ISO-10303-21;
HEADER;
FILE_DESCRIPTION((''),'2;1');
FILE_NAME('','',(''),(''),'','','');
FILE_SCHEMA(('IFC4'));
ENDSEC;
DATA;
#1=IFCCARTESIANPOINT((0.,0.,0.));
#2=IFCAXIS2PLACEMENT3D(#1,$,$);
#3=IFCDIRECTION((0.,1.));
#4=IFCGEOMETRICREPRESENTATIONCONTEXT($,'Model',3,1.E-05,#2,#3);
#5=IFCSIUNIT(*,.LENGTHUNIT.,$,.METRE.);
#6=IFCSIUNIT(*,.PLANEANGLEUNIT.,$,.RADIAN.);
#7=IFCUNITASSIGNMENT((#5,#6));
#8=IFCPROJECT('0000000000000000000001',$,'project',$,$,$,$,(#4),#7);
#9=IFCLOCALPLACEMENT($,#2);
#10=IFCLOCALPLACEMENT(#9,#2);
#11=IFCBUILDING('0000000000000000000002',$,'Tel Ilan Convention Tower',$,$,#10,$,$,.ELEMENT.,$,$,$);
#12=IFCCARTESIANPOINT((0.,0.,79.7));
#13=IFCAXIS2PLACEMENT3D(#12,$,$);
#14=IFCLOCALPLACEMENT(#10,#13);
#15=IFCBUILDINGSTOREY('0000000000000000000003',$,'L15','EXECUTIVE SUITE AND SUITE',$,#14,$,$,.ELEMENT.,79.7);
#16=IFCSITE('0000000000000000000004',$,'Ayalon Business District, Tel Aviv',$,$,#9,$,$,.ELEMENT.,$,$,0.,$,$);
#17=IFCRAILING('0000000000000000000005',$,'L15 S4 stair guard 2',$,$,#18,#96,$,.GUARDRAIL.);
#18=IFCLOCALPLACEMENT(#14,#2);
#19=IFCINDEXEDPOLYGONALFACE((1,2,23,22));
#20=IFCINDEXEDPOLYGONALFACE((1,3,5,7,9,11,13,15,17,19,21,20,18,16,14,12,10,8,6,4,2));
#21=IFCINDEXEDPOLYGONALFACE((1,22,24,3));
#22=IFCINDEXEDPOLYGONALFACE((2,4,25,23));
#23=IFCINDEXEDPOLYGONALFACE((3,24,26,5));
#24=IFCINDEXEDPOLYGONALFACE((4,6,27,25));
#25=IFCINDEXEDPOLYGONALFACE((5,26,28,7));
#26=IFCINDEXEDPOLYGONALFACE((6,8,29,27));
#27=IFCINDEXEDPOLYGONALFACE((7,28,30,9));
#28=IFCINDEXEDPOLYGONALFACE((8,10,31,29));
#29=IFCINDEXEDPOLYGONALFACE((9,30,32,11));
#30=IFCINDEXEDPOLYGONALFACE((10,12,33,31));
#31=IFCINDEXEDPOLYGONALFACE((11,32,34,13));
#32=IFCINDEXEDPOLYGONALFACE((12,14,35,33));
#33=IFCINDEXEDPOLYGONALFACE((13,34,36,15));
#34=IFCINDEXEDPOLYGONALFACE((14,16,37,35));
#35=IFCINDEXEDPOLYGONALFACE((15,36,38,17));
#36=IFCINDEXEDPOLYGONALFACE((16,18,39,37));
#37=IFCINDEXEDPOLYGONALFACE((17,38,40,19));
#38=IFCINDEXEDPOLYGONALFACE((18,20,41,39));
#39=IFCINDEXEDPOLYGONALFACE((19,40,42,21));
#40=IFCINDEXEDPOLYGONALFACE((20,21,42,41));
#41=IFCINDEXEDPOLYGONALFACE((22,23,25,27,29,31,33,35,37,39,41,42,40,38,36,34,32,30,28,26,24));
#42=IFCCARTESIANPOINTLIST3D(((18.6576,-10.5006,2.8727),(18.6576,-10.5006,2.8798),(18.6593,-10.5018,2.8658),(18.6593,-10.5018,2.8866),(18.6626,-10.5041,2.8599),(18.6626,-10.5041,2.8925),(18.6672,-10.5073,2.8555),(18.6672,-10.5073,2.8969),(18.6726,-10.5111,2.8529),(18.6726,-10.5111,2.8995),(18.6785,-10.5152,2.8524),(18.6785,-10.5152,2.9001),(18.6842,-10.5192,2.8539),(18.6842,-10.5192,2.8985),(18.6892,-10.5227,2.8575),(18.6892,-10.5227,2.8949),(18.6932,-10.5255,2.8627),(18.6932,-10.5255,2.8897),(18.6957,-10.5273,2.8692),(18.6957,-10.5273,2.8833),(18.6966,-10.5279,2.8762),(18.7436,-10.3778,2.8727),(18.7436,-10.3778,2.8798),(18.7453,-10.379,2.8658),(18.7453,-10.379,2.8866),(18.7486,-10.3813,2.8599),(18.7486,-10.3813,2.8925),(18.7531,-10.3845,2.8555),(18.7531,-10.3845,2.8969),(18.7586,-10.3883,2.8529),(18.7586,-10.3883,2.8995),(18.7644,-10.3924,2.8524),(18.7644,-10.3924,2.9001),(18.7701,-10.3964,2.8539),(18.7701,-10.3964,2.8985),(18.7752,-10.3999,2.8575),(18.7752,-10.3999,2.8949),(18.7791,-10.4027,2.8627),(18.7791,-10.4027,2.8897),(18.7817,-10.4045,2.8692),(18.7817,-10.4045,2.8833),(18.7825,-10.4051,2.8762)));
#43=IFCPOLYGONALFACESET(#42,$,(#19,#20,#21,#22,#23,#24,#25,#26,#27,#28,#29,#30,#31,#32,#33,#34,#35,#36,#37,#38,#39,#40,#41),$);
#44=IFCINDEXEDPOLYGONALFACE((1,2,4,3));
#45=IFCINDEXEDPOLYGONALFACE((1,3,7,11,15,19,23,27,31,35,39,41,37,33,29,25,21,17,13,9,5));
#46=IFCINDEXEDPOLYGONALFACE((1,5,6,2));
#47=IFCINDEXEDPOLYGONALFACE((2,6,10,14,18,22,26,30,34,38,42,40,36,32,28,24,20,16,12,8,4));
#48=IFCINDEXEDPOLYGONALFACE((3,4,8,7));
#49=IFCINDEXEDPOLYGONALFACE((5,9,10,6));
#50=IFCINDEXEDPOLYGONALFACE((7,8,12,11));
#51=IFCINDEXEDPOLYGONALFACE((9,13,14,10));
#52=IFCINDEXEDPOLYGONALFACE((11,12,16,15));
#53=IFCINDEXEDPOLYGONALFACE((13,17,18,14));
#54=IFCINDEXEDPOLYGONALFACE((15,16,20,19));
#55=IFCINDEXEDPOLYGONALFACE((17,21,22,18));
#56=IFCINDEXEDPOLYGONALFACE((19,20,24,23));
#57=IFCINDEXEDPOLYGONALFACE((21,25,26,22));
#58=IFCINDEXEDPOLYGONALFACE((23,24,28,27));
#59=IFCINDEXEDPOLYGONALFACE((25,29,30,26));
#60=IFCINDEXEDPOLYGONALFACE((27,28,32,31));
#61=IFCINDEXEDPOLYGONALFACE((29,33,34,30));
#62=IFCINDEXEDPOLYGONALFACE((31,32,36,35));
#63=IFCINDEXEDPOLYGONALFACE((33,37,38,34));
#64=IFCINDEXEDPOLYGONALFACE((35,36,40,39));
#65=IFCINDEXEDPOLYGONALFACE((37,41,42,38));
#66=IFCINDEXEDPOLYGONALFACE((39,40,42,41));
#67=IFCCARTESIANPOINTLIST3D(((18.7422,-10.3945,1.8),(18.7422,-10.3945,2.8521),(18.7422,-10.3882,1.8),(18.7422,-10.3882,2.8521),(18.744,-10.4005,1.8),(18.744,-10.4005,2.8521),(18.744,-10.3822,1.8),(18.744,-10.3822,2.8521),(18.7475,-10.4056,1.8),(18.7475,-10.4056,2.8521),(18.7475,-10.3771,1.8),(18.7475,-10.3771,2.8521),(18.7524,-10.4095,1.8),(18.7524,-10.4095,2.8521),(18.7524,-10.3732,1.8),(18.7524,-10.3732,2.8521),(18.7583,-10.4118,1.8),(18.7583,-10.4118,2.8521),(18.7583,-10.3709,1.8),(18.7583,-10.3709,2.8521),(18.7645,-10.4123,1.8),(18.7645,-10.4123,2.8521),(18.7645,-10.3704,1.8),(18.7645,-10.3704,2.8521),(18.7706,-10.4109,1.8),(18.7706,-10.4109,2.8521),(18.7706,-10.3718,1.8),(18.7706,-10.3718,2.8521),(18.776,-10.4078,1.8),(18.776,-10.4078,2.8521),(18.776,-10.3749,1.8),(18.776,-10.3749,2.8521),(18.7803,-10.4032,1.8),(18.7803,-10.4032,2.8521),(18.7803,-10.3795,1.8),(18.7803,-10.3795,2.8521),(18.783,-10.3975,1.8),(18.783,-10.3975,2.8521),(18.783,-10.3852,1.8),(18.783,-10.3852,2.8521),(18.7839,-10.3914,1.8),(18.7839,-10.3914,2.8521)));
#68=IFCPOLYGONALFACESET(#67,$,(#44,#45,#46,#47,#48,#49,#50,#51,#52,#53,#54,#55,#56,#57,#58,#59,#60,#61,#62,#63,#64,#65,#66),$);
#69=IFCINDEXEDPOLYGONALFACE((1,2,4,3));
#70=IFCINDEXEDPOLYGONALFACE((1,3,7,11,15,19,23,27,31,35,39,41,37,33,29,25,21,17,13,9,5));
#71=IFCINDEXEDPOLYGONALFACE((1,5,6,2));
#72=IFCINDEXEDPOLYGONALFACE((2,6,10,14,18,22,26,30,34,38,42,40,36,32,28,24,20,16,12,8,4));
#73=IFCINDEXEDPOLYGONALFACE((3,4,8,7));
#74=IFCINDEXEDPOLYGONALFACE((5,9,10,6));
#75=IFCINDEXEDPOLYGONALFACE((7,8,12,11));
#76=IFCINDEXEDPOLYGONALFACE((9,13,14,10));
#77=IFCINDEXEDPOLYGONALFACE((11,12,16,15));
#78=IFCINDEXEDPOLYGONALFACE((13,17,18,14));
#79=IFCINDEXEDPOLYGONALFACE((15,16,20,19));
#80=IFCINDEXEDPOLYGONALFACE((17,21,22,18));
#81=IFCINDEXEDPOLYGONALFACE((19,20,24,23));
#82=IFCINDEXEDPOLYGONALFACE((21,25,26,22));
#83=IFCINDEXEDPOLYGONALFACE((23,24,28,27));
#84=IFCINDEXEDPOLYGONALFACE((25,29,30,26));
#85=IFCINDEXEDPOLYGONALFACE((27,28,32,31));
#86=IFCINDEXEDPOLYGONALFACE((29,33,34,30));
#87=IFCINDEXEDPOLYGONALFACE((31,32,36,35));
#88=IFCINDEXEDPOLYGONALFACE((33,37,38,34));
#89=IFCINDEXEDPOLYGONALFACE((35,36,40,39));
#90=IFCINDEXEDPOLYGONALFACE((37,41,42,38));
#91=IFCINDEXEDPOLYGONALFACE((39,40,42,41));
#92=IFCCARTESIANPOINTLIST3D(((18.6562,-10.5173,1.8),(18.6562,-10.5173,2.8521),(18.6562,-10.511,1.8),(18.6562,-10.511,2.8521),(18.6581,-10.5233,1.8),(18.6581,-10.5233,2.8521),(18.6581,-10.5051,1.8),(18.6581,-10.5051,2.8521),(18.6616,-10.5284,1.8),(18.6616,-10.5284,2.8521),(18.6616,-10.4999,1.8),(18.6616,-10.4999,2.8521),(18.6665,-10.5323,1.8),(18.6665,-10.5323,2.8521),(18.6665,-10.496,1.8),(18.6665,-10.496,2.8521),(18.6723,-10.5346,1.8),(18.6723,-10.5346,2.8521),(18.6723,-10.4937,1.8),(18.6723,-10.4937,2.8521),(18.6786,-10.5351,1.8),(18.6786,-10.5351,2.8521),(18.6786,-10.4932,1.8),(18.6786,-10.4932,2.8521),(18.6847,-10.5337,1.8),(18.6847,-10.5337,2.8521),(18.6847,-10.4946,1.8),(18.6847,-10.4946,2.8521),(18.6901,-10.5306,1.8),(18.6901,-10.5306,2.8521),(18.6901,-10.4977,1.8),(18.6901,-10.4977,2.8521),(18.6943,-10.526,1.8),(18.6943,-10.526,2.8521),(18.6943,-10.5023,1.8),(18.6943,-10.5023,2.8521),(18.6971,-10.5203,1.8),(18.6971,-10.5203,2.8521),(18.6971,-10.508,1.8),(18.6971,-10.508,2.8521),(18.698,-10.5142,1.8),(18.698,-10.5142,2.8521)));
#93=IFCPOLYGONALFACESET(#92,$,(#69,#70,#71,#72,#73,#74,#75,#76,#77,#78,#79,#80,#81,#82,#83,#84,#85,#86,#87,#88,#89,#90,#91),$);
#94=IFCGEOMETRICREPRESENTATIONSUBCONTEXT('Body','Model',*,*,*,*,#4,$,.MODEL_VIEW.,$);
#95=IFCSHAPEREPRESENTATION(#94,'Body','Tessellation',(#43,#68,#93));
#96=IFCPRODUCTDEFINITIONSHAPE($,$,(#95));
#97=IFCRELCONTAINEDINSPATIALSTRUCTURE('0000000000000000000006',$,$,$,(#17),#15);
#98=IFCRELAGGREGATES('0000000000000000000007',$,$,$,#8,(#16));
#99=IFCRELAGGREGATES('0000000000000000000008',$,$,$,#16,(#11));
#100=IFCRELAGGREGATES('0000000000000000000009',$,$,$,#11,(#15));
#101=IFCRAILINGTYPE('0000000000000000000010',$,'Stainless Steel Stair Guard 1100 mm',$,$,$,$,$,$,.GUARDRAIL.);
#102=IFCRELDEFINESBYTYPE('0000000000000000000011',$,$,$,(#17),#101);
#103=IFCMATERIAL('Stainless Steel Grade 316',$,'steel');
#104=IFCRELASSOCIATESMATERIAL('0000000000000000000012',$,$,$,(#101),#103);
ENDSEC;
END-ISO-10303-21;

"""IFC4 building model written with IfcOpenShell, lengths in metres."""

from ifc_helpers import new_model, si_unit, direction, frame, origin, origin_2d, place, context, subcontext, project, spatial, circle, extrude, material, type_object, element, save


model = new_model("IFC4")

# Units and contexts
model_context = context("Model", 3, precision=1e-05, world=origin(), true_north=direction((0.0, 1.0)))
body_context = subcontext(model_context, "Body", "Model", "MODEL_VIEW")
ifc_project = project(units=[si_unit("LENGTHUNIT", "METRE"), si_unit("PLANEANGLEUNIT", "RADIAN")], contexts=[model_context])

# Site, building, storey
site_placement = place(None, origin())
site = spatial("IfcSite", under=ifc_project, at=site_placement, Name="Ayalon Business District, Tel Aviv", CompositionType="ELEMENT", RefElevation=0.0)
building_placement = place(site_placement, origin())
building = spatial("IfcBuilding", under=site, at=building_placement, Name="Tel Ilan Convention Tower", CompositionType="ELEMENT")
storey_placement = place(building_placement, frame((0.0, 0.0, 79.7)))
storey = spatial("IfcBuildingStorey", under=building, at=storey_placement, Name="L15", Description="EXECUTIVE SUITE AND SUITE", CompositionType="ELEMENT", Elevation=79.7)

# Railing
ifc_material_1 = material(Name="Stainless Steel Grade 316", Category="steel")
railing_type_1 = type_object("IfcRailingType", Name="Stainless Steel Stair Guard 1100 mm", PredefinedType="GUARDRAIL", material=ifc_material_1)
railing_1_placement = place(storey_placement, frame((18.7629, -10.3914, 1.8)))
element("IfcRailing", 1, at=railing_1_placement, inside=storey, type_object=railing_type_1, Name="L15 S4 stair guard 2", PredefinedType="GUARDRAIL", context=body_context, shape_type="SweptSolid", body=[
    extrude(circle(Radius=0.0239, at=origin_2d()), frame((0.0, 0.0, 1.0762), z_axis=(-0.573353, -0.819308, 0.0), x_axis=(0.819308, -0.573353, 0.0)), (0.0, 0.0, 1.0), 0.1499),
    extrude(circle(Radius=0.021, at=origin_2d()), origin(), (0.0, 0.0, 1.0), 1.052),
    extrude(circle(Radius=0.021, at=origin_2d()), frame((-0.0859, -0.1228, 0.0)), (0.0, 0.0, 1.0), 1.052),
])

save(model, "model.ifc")
